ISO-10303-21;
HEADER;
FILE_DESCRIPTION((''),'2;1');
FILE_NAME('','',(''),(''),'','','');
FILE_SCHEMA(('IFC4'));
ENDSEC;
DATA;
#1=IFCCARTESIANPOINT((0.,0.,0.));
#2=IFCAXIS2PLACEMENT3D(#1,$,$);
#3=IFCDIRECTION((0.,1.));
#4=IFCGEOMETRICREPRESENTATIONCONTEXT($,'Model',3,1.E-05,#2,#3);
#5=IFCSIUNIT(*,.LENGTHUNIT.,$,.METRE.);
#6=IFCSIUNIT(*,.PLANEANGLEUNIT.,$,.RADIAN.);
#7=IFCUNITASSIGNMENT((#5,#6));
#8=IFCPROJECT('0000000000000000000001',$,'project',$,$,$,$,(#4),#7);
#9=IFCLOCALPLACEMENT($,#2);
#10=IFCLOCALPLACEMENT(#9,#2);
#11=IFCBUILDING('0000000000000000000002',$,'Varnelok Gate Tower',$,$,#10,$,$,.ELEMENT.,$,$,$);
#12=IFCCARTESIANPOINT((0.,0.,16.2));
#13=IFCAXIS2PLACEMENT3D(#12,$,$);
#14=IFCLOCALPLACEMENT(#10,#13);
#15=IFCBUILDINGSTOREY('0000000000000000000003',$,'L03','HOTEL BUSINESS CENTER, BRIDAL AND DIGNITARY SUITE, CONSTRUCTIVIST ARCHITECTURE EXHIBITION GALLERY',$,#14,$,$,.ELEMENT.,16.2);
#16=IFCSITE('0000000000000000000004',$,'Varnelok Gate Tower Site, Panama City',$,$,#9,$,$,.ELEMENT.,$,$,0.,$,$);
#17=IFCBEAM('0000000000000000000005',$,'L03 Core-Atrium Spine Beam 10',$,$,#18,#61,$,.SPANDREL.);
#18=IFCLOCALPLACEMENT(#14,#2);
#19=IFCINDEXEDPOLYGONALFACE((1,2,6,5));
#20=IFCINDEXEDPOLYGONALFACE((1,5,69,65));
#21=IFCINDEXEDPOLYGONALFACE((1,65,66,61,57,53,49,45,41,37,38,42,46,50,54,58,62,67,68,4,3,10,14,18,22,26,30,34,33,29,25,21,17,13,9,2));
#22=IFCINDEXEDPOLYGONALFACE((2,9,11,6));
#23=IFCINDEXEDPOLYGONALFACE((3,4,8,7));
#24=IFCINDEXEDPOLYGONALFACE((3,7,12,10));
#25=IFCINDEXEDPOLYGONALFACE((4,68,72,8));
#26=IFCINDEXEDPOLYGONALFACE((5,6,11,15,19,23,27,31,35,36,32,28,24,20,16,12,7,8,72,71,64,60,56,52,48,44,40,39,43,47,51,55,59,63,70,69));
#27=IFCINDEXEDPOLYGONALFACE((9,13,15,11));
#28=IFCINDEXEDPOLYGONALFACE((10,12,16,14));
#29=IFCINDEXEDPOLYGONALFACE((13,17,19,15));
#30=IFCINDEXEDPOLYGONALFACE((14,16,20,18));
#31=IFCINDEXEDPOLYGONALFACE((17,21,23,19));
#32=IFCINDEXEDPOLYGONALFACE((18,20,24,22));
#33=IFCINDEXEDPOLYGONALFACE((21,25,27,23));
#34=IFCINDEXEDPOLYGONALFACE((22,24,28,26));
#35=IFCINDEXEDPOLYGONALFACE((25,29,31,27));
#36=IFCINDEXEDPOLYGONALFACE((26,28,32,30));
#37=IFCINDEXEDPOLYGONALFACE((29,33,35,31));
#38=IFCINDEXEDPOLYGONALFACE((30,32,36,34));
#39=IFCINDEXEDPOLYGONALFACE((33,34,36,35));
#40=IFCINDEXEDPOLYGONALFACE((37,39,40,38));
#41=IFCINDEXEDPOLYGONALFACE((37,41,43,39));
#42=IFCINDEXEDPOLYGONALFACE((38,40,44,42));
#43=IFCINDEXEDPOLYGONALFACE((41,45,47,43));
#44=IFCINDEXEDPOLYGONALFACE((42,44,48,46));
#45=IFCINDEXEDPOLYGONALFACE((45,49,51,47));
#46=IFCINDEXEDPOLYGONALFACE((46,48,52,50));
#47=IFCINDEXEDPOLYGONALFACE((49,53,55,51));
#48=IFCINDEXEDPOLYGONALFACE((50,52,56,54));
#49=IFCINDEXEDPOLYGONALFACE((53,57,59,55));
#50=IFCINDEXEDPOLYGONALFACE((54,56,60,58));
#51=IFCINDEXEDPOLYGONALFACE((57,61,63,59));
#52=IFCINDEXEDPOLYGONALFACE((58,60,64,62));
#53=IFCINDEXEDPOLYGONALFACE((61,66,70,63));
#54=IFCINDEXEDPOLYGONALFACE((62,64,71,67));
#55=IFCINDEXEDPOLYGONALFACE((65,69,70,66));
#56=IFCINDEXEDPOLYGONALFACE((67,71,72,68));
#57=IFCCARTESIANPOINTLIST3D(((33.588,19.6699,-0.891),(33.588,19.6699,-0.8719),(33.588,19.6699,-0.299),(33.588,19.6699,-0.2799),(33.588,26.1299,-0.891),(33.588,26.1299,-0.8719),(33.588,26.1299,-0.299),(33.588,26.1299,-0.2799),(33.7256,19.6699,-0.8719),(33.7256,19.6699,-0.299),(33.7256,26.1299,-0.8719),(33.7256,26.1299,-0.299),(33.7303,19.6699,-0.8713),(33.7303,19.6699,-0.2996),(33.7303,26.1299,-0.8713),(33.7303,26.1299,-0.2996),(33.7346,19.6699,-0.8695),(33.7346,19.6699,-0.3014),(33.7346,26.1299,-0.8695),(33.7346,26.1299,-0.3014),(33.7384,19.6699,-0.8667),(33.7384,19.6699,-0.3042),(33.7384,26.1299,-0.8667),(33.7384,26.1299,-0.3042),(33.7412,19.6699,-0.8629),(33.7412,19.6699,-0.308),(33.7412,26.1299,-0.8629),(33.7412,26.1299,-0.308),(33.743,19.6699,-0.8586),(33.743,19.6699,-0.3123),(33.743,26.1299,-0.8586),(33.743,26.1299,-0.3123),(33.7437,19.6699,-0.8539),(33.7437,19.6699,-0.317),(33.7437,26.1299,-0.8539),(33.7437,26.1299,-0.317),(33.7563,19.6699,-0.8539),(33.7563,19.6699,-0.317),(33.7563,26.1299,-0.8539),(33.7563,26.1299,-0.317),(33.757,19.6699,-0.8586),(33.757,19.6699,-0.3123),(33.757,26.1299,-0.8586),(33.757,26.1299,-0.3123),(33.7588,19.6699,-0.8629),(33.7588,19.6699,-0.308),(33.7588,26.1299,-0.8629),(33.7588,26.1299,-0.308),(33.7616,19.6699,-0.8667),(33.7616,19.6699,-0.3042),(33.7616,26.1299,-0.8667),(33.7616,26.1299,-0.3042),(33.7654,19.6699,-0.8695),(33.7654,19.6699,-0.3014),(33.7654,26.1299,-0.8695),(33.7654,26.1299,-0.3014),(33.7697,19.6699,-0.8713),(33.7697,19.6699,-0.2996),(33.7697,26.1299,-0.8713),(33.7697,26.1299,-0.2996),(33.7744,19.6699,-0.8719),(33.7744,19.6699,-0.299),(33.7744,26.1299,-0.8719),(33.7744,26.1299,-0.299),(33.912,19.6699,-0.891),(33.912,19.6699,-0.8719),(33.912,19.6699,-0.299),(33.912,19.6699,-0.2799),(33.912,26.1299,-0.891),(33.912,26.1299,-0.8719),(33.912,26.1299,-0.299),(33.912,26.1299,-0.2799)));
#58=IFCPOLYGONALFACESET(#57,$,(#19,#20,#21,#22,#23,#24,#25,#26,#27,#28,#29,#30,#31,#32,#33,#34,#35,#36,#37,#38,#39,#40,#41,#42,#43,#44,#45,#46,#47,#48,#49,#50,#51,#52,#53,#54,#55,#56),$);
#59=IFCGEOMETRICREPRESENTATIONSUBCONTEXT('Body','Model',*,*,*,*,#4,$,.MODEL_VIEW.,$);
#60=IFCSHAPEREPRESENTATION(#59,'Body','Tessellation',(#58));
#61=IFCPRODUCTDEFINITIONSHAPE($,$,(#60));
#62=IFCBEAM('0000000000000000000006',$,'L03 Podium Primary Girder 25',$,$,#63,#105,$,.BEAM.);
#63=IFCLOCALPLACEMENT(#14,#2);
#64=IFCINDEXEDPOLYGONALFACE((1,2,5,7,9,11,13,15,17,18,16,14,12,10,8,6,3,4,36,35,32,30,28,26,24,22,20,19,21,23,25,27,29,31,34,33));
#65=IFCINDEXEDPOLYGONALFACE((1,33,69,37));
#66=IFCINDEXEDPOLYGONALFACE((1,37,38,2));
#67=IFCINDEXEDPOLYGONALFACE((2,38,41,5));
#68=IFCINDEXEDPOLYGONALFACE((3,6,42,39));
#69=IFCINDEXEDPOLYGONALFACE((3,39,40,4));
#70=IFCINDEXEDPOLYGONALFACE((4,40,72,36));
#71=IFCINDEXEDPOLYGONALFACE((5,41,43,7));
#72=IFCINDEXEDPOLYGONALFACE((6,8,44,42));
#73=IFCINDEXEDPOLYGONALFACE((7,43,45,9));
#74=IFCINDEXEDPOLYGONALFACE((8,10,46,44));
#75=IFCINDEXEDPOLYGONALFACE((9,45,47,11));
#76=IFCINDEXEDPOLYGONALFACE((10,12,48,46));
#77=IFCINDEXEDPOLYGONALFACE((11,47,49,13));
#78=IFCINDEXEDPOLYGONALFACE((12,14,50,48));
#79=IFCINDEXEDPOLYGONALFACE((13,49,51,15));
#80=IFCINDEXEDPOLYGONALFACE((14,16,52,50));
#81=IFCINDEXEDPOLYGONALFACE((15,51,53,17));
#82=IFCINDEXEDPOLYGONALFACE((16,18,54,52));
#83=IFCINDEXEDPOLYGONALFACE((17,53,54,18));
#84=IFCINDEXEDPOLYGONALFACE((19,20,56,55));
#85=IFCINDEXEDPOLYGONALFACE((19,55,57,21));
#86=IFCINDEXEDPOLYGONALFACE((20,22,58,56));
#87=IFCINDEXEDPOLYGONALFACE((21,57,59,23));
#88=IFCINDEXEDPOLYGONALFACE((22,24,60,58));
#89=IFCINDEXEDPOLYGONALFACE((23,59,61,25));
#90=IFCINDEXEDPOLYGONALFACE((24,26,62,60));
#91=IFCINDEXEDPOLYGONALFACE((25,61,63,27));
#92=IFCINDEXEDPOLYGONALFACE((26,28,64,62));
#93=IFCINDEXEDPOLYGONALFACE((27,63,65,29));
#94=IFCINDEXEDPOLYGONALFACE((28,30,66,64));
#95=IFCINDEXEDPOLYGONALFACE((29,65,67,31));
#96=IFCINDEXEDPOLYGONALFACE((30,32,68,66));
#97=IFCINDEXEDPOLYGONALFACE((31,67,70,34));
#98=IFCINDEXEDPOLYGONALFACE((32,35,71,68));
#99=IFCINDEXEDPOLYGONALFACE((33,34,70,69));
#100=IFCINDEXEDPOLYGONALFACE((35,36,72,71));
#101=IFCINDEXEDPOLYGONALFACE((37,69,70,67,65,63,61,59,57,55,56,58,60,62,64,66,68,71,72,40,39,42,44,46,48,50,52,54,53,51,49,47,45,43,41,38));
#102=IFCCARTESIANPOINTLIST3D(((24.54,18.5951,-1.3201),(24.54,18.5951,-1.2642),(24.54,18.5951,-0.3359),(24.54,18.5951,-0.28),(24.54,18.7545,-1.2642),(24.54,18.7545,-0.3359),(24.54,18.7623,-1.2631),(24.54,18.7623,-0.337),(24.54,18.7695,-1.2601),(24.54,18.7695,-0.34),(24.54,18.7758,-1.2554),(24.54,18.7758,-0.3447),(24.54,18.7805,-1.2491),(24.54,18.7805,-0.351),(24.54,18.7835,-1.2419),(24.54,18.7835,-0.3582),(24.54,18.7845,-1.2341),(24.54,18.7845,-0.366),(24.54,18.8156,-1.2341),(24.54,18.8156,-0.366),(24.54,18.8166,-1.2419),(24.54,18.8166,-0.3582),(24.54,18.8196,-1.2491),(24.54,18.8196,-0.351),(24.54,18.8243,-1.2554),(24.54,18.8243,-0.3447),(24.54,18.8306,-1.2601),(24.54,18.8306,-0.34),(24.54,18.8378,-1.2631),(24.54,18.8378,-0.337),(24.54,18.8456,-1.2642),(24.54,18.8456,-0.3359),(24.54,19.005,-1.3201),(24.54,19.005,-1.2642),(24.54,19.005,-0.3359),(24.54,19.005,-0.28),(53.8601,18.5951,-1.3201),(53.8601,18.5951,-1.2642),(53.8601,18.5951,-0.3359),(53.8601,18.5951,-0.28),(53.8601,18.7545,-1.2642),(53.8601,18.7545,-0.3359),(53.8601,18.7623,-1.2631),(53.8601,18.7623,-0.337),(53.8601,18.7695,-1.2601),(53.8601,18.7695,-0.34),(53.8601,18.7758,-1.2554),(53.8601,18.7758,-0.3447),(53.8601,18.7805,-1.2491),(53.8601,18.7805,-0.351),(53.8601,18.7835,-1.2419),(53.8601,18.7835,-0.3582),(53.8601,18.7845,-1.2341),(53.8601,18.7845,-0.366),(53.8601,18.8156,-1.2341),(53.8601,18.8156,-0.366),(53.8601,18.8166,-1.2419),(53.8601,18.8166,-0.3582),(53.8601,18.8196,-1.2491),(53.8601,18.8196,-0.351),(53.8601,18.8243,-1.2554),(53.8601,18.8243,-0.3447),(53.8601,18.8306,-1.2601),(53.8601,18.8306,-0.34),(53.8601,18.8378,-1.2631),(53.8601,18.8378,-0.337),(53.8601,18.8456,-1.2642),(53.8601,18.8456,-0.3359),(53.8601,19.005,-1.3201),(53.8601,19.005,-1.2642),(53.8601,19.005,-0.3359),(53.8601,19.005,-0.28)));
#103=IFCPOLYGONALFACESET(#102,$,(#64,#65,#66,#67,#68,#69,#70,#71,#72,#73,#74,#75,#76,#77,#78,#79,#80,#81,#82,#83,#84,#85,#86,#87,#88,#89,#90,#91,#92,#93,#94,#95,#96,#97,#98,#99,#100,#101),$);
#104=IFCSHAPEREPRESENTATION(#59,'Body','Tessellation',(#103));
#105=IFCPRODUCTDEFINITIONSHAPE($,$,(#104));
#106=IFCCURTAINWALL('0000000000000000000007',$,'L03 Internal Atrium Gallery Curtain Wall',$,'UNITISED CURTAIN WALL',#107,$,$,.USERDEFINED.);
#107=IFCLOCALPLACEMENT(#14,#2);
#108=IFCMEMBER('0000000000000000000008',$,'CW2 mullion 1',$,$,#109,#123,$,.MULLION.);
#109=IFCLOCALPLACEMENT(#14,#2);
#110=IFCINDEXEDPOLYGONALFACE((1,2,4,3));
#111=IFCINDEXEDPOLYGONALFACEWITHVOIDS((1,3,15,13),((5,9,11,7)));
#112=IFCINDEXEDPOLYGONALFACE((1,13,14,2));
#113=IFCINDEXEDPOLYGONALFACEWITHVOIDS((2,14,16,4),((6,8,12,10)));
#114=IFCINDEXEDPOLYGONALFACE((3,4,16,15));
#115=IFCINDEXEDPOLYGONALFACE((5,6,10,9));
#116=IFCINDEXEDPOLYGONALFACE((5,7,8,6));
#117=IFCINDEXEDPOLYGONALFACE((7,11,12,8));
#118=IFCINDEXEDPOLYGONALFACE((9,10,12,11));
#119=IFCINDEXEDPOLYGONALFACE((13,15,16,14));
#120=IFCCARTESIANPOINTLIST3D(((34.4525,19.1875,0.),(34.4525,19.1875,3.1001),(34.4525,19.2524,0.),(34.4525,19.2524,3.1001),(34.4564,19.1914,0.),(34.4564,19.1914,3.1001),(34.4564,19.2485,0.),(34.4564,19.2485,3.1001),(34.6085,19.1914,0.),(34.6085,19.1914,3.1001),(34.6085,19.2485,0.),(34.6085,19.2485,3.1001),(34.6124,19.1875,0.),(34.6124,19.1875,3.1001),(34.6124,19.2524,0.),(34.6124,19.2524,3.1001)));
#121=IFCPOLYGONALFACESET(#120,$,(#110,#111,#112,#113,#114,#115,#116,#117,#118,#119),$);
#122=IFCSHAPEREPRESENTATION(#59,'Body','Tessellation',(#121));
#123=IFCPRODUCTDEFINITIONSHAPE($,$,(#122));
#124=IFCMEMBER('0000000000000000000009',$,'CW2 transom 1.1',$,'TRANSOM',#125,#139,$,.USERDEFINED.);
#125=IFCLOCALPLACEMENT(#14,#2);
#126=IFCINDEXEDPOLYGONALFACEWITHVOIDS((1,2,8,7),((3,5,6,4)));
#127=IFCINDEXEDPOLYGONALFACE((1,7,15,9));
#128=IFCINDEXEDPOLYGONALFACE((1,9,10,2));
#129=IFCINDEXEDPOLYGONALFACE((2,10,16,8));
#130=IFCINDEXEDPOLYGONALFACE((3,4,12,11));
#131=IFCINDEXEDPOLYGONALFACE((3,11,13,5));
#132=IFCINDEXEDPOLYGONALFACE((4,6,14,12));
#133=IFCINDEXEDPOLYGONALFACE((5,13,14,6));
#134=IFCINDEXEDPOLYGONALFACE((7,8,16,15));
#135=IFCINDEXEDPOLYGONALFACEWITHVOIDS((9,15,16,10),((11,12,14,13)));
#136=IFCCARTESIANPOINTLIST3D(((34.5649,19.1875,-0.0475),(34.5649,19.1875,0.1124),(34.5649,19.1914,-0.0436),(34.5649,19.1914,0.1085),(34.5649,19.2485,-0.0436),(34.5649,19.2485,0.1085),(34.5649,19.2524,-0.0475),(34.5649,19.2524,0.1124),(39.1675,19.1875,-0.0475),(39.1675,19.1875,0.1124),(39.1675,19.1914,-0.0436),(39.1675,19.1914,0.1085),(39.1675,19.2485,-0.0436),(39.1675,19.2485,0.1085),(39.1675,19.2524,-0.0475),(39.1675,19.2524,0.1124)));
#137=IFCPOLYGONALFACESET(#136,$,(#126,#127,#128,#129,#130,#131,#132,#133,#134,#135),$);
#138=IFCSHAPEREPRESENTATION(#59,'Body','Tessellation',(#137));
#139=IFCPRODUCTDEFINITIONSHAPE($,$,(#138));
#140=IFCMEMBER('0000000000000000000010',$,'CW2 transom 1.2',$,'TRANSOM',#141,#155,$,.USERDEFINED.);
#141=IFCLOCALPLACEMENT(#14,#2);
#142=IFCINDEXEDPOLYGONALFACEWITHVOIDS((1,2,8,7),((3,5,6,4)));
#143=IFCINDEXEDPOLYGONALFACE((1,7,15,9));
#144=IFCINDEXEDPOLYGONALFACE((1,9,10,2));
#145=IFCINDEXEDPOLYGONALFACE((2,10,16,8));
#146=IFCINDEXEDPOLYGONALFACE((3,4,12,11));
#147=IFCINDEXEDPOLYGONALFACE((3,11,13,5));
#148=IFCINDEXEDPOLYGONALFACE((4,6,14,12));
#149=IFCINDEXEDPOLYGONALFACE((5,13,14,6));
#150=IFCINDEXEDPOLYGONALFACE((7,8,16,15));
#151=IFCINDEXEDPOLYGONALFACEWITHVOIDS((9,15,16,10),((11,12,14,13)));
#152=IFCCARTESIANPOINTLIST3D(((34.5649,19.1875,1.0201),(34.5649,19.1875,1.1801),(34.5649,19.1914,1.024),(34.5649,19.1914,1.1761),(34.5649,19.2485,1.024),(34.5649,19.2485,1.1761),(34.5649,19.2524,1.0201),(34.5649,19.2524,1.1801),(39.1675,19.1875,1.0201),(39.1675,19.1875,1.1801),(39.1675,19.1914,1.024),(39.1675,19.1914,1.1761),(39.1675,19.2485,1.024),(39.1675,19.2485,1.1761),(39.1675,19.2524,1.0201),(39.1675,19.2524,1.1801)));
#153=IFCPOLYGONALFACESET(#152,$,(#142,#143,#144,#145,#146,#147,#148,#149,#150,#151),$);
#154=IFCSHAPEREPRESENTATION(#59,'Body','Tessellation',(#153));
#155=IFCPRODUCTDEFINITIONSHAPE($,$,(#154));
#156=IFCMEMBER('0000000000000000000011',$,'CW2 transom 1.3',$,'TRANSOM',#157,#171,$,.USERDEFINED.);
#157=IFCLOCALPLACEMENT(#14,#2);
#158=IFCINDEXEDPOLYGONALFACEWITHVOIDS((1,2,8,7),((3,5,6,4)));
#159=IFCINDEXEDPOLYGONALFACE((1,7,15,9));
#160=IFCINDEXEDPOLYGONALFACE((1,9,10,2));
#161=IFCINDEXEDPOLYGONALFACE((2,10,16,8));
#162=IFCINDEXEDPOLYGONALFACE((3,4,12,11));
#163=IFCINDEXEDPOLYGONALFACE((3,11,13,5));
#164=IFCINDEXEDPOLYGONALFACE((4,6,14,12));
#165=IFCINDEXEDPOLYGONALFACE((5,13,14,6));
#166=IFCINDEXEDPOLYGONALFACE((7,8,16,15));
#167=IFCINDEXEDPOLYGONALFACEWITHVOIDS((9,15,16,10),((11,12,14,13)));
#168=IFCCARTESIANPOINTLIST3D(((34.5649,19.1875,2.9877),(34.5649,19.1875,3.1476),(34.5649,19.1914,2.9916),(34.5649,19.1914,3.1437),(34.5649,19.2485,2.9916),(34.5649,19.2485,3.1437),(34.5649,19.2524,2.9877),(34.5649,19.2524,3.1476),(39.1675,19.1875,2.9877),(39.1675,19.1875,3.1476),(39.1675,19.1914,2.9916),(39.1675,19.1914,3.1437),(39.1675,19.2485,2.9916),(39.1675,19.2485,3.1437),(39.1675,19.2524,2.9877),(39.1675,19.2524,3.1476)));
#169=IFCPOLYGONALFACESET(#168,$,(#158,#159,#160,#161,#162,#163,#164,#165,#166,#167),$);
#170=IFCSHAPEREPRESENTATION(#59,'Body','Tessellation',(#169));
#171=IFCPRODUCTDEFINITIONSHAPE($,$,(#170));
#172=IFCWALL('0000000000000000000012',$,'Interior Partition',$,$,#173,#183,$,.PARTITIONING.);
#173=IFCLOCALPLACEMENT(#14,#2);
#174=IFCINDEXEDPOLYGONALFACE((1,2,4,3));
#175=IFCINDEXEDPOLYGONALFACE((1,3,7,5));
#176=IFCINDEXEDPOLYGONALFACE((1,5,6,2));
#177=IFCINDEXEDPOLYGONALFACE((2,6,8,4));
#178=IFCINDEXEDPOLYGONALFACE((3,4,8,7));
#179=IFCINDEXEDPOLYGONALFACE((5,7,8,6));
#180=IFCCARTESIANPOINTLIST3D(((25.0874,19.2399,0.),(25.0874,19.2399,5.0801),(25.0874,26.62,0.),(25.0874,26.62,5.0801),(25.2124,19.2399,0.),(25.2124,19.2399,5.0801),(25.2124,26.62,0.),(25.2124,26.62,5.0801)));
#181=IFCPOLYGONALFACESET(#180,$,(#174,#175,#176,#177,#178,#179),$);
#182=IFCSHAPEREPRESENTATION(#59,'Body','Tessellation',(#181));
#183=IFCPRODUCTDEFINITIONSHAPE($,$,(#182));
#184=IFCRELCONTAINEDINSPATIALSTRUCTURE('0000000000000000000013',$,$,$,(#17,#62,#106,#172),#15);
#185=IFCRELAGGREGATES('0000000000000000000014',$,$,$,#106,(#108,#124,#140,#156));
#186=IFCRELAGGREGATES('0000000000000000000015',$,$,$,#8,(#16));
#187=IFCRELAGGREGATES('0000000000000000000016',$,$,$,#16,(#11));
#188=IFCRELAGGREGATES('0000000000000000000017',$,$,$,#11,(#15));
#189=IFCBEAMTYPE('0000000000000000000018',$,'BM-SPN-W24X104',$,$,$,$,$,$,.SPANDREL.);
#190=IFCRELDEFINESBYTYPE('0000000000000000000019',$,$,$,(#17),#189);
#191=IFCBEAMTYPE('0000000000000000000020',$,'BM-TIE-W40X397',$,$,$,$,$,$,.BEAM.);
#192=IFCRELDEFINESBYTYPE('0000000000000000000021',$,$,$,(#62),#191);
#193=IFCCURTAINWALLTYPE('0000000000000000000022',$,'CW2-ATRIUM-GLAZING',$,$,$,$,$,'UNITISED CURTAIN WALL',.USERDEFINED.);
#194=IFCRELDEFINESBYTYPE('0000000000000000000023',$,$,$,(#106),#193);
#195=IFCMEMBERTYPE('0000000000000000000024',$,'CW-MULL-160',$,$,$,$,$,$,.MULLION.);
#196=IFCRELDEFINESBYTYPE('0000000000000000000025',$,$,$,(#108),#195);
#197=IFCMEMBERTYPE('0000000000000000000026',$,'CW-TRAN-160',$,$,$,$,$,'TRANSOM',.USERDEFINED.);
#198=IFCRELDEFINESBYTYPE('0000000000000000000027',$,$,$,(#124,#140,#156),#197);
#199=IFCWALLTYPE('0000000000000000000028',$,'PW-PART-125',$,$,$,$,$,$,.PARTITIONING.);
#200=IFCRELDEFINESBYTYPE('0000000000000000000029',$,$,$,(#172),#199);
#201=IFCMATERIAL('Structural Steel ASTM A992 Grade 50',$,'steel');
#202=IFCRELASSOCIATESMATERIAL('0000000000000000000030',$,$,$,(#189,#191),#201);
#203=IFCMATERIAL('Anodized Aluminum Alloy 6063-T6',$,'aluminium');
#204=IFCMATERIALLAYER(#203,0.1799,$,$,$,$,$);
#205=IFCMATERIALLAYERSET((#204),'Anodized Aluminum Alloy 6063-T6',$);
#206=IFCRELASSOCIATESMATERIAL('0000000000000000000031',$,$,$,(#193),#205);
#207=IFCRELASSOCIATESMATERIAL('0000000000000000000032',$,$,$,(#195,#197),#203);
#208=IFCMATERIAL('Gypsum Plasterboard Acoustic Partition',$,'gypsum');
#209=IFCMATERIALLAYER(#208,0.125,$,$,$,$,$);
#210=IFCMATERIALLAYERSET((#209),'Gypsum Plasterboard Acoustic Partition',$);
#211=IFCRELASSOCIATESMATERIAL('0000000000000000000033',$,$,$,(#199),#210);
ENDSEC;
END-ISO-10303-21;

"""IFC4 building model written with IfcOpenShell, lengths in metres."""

from ifc_helpers import new_model, si_unit, direction, frame, frame_2d, origin, origin_2d, place, context, subcontext, project, spatial, rectangle, hollow_rectangle, i_section, extrude, material, layer, layer_set, material_profile, profile_set, type_object, element, aggregate, save


model = new_model("IFC4")

# Units and contexts
model_context = context("Model", 3, precision=1e-05, world=origin(), true_north=direction((0.0, 1.0)))
body_context = subcontext(model_context, "Body", "Model", "MODEL_VIEW")
ifc_project = project(units=[si_unit("LENGTHUNIT", "METRE"), si_unit("PLANEANGLEUNIT", "RADIAN")], contexts=[model_context])

# Site, building, storey
site_placement = place(None, origin())
site = spatial("IfcSite", under=ifc_project, at=site_placement, Name="Varnelok Gate Tower Site, Panama City", CompositionType="ELEMENT", RefElevation=0.0)
building_placement = place(site_placement, origin())
building = spatial("IfcBuilding", under=site, at=building_placement, Name="Varnelok Gate Tower", CompositionType="ELEMENT")
storey_placement = place(building_placement, frame((0.0, 0.0, 16.2)))
storey = spatial("IfcBuildingStorey", under=building, at=storey_placement, Name="L03", Description="HOTEL BUSINESS CENTER, BRIDAL AND DIGNITARY SUITE, CONSTRUCTIVIST ARCHITECTURE EXHIBITION GALLERY", CompositionType="ELEMENT", Elevation=16.2)

# Shared definitions
ifc_material_1 = material(Name="Structural Steel ASTM A992 Grade 50", Category="steel")

# Beams
ifc_material_profile_1 = material_profile(ifc_material_1, i_section(OverallWidth=0.324, OverallDepth=0.6111, WebThickness=0.0127, FlangeThickness=0.019, FilletRadius=0.0181, at=origin_2d()), Name="W24X104")
ifc_profile_set_1 = profile_set([ifc_material_profile_1], Name="Structural Steel ASTM A992 Grade 50")
beam_type_1 = type_object("IfcBeamType", Name="BM-SPN-W24X104", PredefinedType="SPANDREL", material=ifc_profile_set_1)
beam_1_placement = place(storey_placement, frame((33.75, 19.6699, -0.5854), z_axis=(0.0, 1.0, 0.0), x_axis=(-1.0, 0.0, 0.0)))
element("IfcBeam", 1, at=beam_1_placement, inside=storey, type_object=beam_type_1, Name="L03 Core-Atrium Spine Beam 10", PredefinedType="SPANDREL", context=body_context, shape_type="SweptSolid", body=[
    extrude(i_section(OverallWidth=0.324, OverallDepth=0.6111, WebThickness=0.0127, FlangeThickness=0.019, FilletRadius=0.0181, at=origin_2d()), origin(), (0.0, 0.0, 1.0), 6.46),
])
ifc_material_profile_2 = material_profile(ifc_material_1, i_section(OverallWidth=0.4099, OverallDepth=1.04, WebThickness=0.031, FlangeThickness=0.0559, FilletRadius=0.03, at=origin_2d()), Name="W40X397")
ifc_profile_set_2 = profile_set([ifc_material_profile_2], Name="Structural Steel ASTM A992 Grade 50")
beam_type_2 = type_object("IfcBeamType", Name="BM-TIE-W40X397", PredefinedType="BEAM", material=ifc_profile_set_2)
beam_2_placement = place(storey_placement, frame((24.54, 18.8, -0.8), z_axis=(1.0, 0.0, 0.0), x_axis=(0.0, 1.0, 0.0)))
element("IfcBeam", 2, at=beam_2_placement, inside=storey, type_object=beam_type_2, Name="L03 Podium Primary Girder 25", PredefinedType="BEAM", context=body_context, shape_type="SweptSolid", body=[
    extrude(i_section(OverallWidth=0.4099, OverallDepth=1.04, WebThickness=0.031, FlangeThickness=0.0559, FilletRadius=0.03, at=origin_2d()), origin(), (0.0, 0.0, 1.0), 29.3201),
])

# Curtain wall, members
ifc_material_2 = material(Name="Anodized Aluminum Alloy 6063-T6", Category="aluminium")
ifc_layer_1 = layer(ifc_material_2, 0.1799)
ifc_layer_set_1 = layer_set([ifc_layer_1], Name="Anodized Aluminum Alloy 6063-T6")
curtain_wall_type = type_object("IfcCurtainWallType", Name="CW2-ATRIUM-GLAZING", ElementType="UNITISED CURTAIN WALL", PredefinedType="USERDEFINED", material=ifc_layer_set_1)
curtain_wall_placement = place(storey_placement, origin())
curtain_wall = element("IfcCurtainWall", 3, at=curtain_wall_placement, inside=storey, type_object=curtain_wall_type, Name="L03 Internal Atrium Gallery Curtain Wall", ObjectType="UNITISED CURTAIN WALL", PredefinedType="USERDEFINED")
ifc_material_profile_3 = material_profile(ifc_material_2, hollow_rectangle(XDim=0.0649, YDim=0.1599, WallThickness=0.0039, at=origin_2d()), Name="ALU160X65X4")
ifc_profile_set_3 = profile_set([ifc_material_profile_3], Name="Anodized Aluminum Alloy 6063-T6")
member_type_1 = type_object("IfcMemberType", Name="CW-MULL-160", PredefinedType="MULLION", material=ifc_profile_set_3)
member_1_placement = place(storey_placement, frame((34.5325, 19.22, 0.0), z_axis=(0.0, 0.0, 1.0), x_axis=(0.0, 1.0, 0.0)))
member_1 = element("IfcMember", 4, at=member_1_placement, type_object=member_type_1, Name="CW2 mullion 1", PredefinedType="MULLION", context=body_context, shape_type="SweptSolid", body=[
    extrude(hollow_rectangle(XDim=0.0649, YDim=0.1599, WallThickness=0.0039, at=origin_2d()), origin(), (0.0, 0.0, 1.0), 3.1001),
])
ifc_material_profile_4 = material_profile(ifc_material_2, hollow_rectangle(XDim=0.0649, YDim=0.1599, WallThickness=0.0039, at=origin_2d()), Name="ALU160X65X4")
ifc_profile_set_4 = profile_set([ifc_material_profile_4], Name="Anodized Aluminum Alloy 6063-T6")
member_type_2 = type_object("IfcMemberType", Name="CW-TRAN-160", ElementType="TRANSOM", PredefinedType="USERDEFINED", material=ifc_profile_set_4)
member_2_placement = place(storey_placement, frame((34.5649, 19.22, 0.0325), z_axis=(1.0, 0.0, 0.0), x_axis=(0.0, 1.0, 0.0)))
member_2 = element("IfcMember", 5, at=member_2_placement, type_object=member_type_2, Name="CW2 transom 1.1", ObjectType="TRANSOM", PredefinedType="USERDEFINED", context=body_context, shape_type="SweptSolid", body=[
    extrude(hollow_rectangle(XDim=0.0649, YDim=0.1599, WallThickness=0.0039, at=origin_2d()), origin(), (0.0, 0.0, 1.0), 4.6025),
])
member_3_placement = place(storey_placement, frame((34.5649, 19.22, 1.1001), z_axis=(1.0, 0.0, 0.0), x_axis=(0.0, 1.0, 0.0)))
member_3 = element("IfcMember", 6, at=member_3_placement, type_object=member_type_2, Name="CW2 transom 1.2", ObjectType="TRANSOM", PredefinedType="USERDEFINED", context=body_context, shape_type="SweptSolid", body=[
    extrude(hollow_rectangle(XDim=0.0649, YDim=0.1599, WallThickness=0.0039, at=origin_2d()), origin(), (0.0, 0.0, 1.0), 4.6025),
])
member_4_placement = place(storey_placement, frame((34.5649, 19.22, 3.0676), z_axis=(1.0, 0.0, 0.0), x_axis=(0.0, 1.0, 0.0)))
member_4 = element("IfcMember", 7, at=member_4_placement, type_object=member_type_2, Name="CW2 transom 1.3", ObjectType="TRANSOM", PredefinedType="USERDEFINED", context=body_context, shape_type="SweptSolid", body=[
    extrude(hollow_rectangle(XDim=0.0649, YDim=0.1599, WallThickness=0.0039, at=origin_2d()), origin(), (0.0, 0.0, 1.0), 4.6025),
])
aggregate(curtain_wall, [member_1, member_2, member_3, member_4])

# Wall
ifc_material_3 = material(Name="Gypsum Plasterboard Acoustic Partition", Category="gypsum")
ifc_layer_2 = layer(ifc_material_3, 0.125)
ifc_layer_set_2 = layer_set([ifc_layer_2], Name="Gypsum Plasterboard Acoustic Partition")
wall_type_1 = type_object("IfcWallType", Name="PW-PART-125", PredefinedType="PARTITIONING", material=ifc_layer_set_2)
for number, where, z_axis, x_axis, name in (
    (8, (25.1499, 19.24, 0.0), (0.0, 0.0, 1.0), (0.0, 1.0, 0.0), "Interior Partition"),
):
    element("IfcWall", number, at=place(storey_placement, frame(where, z_axis=z_axis, x_axis=x_axis)), inside=storey, type_object=wall_type_1, Name=name, PredefinedType="PARTITIONING", context=body_context, shape_type="SweptSolid", body=[
        extrude(rectangle(XDim=7.3801, YDim=0.125, at=frame_2d((3.6899, 0.0))), origin(), (0.0, 0.0, 1.0), 5.0801),
    ])

save(model, "model.ifc")
